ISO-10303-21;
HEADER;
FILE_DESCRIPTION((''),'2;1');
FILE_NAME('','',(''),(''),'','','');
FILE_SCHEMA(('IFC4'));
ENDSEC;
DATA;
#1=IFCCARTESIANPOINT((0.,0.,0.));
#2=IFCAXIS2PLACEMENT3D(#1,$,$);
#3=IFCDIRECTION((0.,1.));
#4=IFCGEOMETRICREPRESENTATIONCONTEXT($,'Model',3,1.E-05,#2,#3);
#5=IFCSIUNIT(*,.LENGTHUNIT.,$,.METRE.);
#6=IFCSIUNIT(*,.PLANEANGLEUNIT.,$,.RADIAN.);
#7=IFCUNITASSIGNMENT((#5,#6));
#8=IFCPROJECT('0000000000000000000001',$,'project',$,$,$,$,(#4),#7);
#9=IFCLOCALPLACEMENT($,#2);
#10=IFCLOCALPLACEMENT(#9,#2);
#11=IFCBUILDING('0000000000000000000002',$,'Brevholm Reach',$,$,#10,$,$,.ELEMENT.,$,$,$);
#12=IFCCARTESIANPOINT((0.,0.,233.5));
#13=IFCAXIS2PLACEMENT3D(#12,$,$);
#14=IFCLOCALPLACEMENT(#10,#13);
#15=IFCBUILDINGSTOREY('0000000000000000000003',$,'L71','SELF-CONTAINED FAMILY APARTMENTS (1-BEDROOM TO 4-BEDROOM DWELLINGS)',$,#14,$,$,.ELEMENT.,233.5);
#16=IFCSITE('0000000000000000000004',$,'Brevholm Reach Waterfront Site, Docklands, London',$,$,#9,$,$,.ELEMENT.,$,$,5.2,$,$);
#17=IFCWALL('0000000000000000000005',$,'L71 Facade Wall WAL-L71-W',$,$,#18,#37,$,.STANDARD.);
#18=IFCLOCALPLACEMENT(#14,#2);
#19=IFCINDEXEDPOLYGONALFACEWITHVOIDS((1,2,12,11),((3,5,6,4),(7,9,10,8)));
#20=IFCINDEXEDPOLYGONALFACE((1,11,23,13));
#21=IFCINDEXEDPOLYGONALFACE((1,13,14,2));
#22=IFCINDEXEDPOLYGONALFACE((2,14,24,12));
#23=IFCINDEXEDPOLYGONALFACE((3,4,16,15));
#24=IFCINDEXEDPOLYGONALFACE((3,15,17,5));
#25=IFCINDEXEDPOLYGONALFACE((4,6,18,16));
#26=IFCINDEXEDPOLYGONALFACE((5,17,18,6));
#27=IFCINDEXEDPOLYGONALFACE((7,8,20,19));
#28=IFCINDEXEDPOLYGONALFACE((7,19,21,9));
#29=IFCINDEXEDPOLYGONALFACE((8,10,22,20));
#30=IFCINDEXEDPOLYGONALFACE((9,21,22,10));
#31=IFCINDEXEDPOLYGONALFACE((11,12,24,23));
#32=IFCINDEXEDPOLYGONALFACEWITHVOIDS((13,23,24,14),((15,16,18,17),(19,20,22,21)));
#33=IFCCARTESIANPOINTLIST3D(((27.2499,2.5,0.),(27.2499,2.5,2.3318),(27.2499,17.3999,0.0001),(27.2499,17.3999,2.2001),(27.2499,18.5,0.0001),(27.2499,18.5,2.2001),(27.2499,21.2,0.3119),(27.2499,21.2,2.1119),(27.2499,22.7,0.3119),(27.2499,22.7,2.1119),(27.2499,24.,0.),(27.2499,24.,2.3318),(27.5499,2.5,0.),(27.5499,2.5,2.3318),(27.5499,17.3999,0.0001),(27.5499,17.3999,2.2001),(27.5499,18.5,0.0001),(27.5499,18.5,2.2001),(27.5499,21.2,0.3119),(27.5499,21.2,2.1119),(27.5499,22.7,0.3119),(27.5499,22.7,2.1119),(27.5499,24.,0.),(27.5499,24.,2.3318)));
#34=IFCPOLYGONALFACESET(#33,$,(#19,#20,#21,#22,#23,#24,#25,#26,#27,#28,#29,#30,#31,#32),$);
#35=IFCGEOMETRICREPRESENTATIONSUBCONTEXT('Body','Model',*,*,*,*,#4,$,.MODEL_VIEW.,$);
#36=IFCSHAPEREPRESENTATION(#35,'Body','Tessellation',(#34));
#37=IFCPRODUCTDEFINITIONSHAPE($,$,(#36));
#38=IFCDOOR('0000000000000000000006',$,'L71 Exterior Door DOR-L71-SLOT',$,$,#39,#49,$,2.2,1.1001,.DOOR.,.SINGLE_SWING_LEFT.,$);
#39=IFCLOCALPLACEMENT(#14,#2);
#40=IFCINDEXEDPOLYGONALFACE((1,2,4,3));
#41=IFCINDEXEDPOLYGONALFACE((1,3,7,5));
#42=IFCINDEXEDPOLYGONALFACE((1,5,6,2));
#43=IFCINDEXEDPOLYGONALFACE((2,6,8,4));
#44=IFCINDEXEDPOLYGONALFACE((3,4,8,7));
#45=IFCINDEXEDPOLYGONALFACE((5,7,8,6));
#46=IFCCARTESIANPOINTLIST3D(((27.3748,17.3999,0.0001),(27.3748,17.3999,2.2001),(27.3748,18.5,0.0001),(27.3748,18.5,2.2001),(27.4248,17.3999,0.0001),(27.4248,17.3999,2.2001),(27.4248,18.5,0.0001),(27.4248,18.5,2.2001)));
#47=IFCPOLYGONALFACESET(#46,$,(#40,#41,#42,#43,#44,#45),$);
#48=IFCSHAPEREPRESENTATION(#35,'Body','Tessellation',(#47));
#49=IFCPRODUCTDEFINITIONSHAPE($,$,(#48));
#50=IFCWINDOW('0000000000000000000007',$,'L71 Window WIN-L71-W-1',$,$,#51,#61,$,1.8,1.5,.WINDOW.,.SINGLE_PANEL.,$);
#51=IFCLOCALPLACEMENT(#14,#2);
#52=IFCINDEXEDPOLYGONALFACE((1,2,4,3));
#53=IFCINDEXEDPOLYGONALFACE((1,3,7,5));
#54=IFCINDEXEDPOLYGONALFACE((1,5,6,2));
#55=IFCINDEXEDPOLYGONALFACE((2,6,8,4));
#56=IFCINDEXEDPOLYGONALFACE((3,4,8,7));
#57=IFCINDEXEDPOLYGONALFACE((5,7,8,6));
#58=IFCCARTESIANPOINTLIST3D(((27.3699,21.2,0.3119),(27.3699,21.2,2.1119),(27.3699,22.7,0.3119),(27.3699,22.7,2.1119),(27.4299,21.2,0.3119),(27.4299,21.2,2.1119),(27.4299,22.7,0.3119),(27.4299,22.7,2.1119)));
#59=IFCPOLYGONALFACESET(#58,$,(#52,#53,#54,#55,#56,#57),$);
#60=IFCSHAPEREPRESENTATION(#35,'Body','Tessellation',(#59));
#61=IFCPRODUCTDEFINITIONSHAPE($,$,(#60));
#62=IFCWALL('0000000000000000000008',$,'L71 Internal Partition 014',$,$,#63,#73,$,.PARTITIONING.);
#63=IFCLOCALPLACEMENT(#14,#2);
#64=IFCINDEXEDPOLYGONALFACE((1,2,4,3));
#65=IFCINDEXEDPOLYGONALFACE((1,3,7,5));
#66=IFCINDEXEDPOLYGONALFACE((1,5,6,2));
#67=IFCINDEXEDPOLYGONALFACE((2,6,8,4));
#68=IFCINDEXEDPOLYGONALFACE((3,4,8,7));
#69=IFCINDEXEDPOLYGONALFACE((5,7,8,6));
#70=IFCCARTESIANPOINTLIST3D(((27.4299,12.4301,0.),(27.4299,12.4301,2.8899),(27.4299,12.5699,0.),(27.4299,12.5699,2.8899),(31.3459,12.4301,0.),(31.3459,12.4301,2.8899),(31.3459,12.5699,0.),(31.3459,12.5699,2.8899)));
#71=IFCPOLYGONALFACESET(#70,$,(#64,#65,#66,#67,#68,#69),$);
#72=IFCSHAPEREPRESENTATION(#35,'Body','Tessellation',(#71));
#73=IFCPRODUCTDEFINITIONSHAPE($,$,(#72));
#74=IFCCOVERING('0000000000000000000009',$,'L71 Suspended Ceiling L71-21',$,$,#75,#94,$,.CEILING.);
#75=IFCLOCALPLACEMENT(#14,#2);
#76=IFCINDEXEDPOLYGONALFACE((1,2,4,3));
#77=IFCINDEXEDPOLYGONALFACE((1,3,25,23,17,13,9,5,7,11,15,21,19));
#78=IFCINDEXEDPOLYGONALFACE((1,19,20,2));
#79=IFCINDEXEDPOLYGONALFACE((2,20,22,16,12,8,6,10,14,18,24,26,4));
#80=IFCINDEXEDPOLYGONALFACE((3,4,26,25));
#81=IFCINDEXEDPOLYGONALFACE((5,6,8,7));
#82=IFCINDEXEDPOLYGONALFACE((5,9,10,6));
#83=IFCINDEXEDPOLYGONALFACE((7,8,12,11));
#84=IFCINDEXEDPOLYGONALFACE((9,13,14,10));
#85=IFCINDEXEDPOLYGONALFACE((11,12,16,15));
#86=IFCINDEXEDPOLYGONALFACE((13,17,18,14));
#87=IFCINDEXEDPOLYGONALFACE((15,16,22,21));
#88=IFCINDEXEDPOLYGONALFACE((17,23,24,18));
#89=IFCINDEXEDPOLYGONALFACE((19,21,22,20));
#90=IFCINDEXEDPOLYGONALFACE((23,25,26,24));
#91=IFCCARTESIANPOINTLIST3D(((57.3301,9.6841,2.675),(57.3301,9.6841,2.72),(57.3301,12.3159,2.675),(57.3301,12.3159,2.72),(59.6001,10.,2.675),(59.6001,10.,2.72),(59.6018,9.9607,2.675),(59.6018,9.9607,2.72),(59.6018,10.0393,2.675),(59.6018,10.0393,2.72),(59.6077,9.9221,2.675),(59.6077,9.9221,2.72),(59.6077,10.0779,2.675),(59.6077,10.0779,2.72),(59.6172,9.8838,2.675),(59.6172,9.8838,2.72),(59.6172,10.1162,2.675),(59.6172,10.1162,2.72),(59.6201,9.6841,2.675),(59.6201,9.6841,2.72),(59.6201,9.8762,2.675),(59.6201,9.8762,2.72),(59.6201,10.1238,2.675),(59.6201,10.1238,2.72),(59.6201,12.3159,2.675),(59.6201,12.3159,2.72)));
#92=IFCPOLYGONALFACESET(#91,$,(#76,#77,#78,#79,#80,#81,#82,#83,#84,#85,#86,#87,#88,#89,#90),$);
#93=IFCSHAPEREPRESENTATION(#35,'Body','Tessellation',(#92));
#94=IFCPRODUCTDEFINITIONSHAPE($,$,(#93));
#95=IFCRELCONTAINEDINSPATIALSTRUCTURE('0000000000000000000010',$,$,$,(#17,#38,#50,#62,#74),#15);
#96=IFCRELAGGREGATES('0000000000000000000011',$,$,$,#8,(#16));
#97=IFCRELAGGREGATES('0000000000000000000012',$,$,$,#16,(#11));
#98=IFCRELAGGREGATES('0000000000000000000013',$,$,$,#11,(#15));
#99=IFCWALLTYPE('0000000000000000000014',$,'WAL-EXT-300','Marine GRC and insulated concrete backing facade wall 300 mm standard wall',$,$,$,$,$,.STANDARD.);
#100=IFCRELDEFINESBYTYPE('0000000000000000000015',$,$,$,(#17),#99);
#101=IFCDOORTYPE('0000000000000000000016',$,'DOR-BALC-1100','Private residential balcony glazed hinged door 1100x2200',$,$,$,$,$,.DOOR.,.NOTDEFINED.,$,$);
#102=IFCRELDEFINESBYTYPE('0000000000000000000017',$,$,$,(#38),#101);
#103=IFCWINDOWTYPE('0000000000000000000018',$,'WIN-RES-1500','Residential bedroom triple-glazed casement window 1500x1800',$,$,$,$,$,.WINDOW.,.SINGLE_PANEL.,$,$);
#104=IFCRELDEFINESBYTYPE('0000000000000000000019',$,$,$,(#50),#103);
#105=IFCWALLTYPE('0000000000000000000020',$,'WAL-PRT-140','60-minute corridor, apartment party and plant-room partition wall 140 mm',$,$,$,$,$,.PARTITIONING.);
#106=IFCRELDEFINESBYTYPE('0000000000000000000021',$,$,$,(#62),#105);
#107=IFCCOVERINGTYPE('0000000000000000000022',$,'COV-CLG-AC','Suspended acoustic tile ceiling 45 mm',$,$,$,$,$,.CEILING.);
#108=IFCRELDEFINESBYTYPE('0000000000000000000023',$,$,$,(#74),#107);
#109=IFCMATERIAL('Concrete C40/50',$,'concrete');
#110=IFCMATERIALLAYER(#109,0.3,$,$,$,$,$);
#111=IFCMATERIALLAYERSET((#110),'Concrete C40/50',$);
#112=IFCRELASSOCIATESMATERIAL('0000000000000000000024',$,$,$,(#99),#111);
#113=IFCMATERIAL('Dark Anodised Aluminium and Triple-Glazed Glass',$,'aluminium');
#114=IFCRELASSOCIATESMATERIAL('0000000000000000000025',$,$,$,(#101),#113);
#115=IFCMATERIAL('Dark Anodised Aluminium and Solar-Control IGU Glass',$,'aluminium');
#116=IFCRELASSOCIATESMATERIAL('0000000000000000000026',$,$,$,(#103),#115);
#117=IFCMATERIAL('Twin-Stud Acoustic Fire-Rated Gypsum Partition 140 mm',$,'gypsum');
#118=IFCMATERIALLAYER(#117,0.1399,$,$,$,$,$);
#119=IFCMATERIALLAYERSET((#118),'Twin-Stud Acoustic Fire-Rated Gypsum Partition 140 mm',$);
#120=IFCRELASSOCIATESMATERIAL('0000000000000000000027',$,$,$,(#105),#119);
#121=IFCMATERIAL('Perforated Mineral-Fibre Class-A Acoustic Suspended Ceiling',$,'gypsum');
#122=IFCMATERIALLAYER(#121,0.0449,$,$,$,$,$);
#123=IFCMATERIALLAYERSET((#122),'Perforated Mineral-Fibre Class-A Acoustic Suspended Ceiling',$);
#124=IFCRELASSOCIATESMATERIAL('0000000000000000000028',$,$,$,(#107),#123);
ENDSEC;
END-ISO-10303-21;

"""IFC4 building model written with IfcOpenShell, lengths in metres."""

from ifc_helpers import new_model, si_unit, direction, frame, frame_2d, origin, place, context, subcontext, project, spatial, polyline, rectangle, outline, extrude, material, layer, layer_set, type_object, element, fill, save


model = new_model("IFC4")

# Units and contexts
model_context = context("Model", 3, precision=1e-05, world=origin(), true_north=direction((0.0, 1.0)))
body_context = subcontext(model_context, "Body", "Model", "MODEL_VIEW")
ifc_project = project(units=[si_unit("LENGTHUNIT", "METRE"), si_unit("PLANEANGLEUNIT", "RADIAN")], contexts=[model_context])

# Site, building, storey
site_placement = place(None, origin())
site = spatial("IfcSite", under=ifc_project, at=site_placement, Name="Brevholm Reach Waterfront Site, Docklands, London", CompositionType="ELEMENT", RefElevation=5.2)
building_placement = place(site_placement, origin())
building = spatial("IfcBuilding", under=site, at=building_placement, Name="Brevholm Reach", CompositionType="ELEMENT")
storey_placement = place(building_placement, frame((0.0, 0.0, 233.5)))
storey = spatial("IfcBuildingStorey", under=building, at=storey_placement, Name="L71", Description="SELF-CONTAINED FAMILY APARTMENTS (1-BEDROOM TO 4-BEDROOM DWELLINGS)", CompositionType="ELEMENT", Elevation=233.5)

# Shared definitions
ifc_material_1 = material(Name="Concrete C40/50", Category="concrete")
ifc_layer_1 = layer(ifc_material_1, 0.3)
ifc_layer_set_1 = layer_set([ifc_layer_1], Name="Concrete C40/50")
wall_type_1 = type_object("IfcWallType", Name="WAL-EXT-300", Description="Marine GRC and insulated concrete backing facade wall 300 mm standard wall", PredefinedType="STANDARD", material=ifc_layer_set_1)

# Wall, openings, door, window
wall_1_placement = place(storey_placement, frame((27.3999, 24.0, 0.0), z_axis=(0.0, 0.0, 1.0), x_axis=(0.0, -1.0, 0.0)))
wall_1 = element("IfcWall", 1, at=wall_1_placement, inside=storey, type_object=wall_type_1, Name="L71 Facade Wall WAL-L71-W", PredefinedType="STANDARD", context=body_context, shape_type="SweptSolid", body=[
    extrude(rectangle(XDim=21.5, YDim=0.3, at=frame_2d((10.75, 0.0))), origin(), (0.0, 0.0, 1.0), 2.3318),
])
opening_1_placement = place(wall_1_placement, frame((5.5, 0.0, 0.0)))
opening_1 = element("IfcOpeningElement", 2, at=opening_1_placement, cuts=wall_1, PredefinedType="OPENING", context=body_context, shape_type="SweptSolid", body=[
    extrude(rectangle(XDim=1.1001, YDim=2.2, at=frame_2d((0.55, 1.1001))), frame((0.0, 0.1599, 0.0), z_axis=(0.0, -1.0, 0.0), x_axis=(1.0, 0.0, 0.0)), (0.0, 0.0, 1.0), 0.3201),
])
opening_2_placement = place(wall_1_placement, frame((1.3, 0.0, 0.312)))
opening_2 = element("IfcOpeningElement", 3, at=opening_2_placement, cuts=wall_1, PredefinedType="OPENING", context=body_context, shape_type="SweptSolid", body=[
    extrude(rectangle(XDim=1.5, YDim=1.8, at=frame_2d((0.75, 0.8999))), frame((0.0, 0.1599, 0.0), z_axis=(0.0, -1.0, 0.0), x_axis=(1.0, 0.0, 0.0)), (0.0, 0.0, 1.0), 0.3201),
])
ifc_material_2 = material(Name="Dark Anodised Aluminium and Triple-Glazed Glass", Category="aluminium")
door_type = type_object("IfcDoorType", Name="DOR-BALC-1100", Description="Private residential balcony glazed hinged door 1100x2200", OperationType="NOTDEFINED", PredefinedType="DOOR", material=ifc_material_2)
door_placement = place(opening_1_placement, origin())
door = element("IfcDoor", 4, at=door_placement, inside=storey, type_object=door_type, Name="L71 Exterior Door DOR-L71-SLOT", OperationType="SINGLE_SWING_LEFT", OverallHeight=2.2, OverallWidth=1.1001, PredefinedType="DOOR", context=body_context, shape_type="SweptSolid", body=[
    extrude(rectangle(XDim=1.1001, YDim=2.2, at=frame_2d((0.55, 1.1001))), frame((0.0, 0.0249, 0.0), z_axis=(0.0, -1.0, 0.0), x_axis=(1.0, 0.0, 0.0)), (0.0, 0.0, 1.0), 0.05),
])
fill(opening_1, door)
ifc_material_3 = material(Name="Dark Anodised Aluminium and Solar-Control IGU Glass", Category="aluminium")
window_type = type_object("IfcWindowType", Name="WIN-RES-1500", Description="Residential bedroom triple-glazed casement window 1500x1800", PartitioningType="SINGLE_PANEL", PredefinedType="WINDOW", material=ifc_material_3)
window_placement = place(opening_2_placement, origin())
window = element("IfcWindow", 5, at=window_placement, inside=storey, type_object=window_type, Name="L71 Window WIN-L71-W-1", OverallHeight=1.8, OverallWidth=1.5, PartitioningType="SINGLE_PANEL", PredefinedType="WINDOW", context=body_context, shape_type="SweptSolid", body=[
    extrude(rectangle(XDim=1.5, YDim=1.8, at=frame_2d((0.75, 0.8999))), frame((0.0, 0.03, 0.0), z_axis=(0.0, -1.0, 0.0), x_axis=(1.0, 0.0, 0.0)), (0.0, 0.0, 1.0), 0.0601),
])
fill(opening_2, window)

# Wall
ifc_material_4 = material(Name="Twin-Stud Acoustic Fire-Rated Gypsum Partition 140 mm", Category="gypsum")
ifc_layer_2 = layer(ifc_material_4, 0.1399)
ifc_layer_set_2 = layer_set([ifc_layer_2], Name="Twin-Stud Acoustic Fire-Rated Gypsum Partition 140 mm")
wall_type_2 = type_object("IfcWallType", Name="WAL-PRT-140", Description="60-minute corridor, apartment party and plant-room partition wall 140 mm", PredefinedType="PARTITIONING", material=ifc_layer_set_2)
wall_2_placement = place(storey_placement, frame((27.4299, 12.5, 0.0), z_axis=(0.0, 0.0, 1.0), x_axis=(1.0, 0.0, 0.0)))
element("IfcWall", 6, at=wall_2_placement, inside=storey, type_object=wall_type_2, Name="L71 Internal Partition 014", PredefinedType="PARTITIONING", context=body_context, shape_type="SweptSolid", body=[
    extrude(rectangle(XDim=3.916, YDim=0.1399, at=frame_2d((1.958, 0.0))), origin(), (0.0, 0.0, 1.0), 2.8899),
])

# Covering
ifc_material_5 = material(Name="Perforated Mineral-Fibre Class-A Acoustic Suspended Ceiling", Category="gypsum")
ifc_layer_3 = layer(ifc_material_5, 0.0449)
ifc_layer_set_3 = layer_set([ifc_layer_3], Name="Perforated Mineral-Fibre Class-A Acoustic Suspended Ceiling")
covering_type_1 = type_object("IfcCoveringType", Name="COV-CLG-AC", Description="Suspended acoustic tile ceiling 45 mm", PredefinedType="CEILING", material=ifc_layer_set_3)
covering_1_placement = place(storey_placement, frame((0.0, 0.0, 2.675)))
element("IfcCovering", 7, at=covering_1_placement, inside=storey, type_object=covering_type_1, Name="L71 Suspended Ceiling L71-21", PredefinedType="CEILING", context=body_context, shape_type="SweptSolid", body=[
    extrude(outline(polyline([(57.3301, 12.3159), (59.6201, 12.3159), (59.6201, 10.1238), (59.6172, 10.1162), (59.6077, 10.0779), (59.6018, 10.0393), (59.6001, 10.0), (59.6018, 9.9607), (59.6077, 9.9221), (59.6172, 9.8838), (59.6201, 9.8762), (59.6201, 9.6841), (57.3301, 9.6841), (57.3301, 12.3159)])), origin(), (0.0, 0.0, 1.0), 0.0449),
])

save(model, "model.ifc")
